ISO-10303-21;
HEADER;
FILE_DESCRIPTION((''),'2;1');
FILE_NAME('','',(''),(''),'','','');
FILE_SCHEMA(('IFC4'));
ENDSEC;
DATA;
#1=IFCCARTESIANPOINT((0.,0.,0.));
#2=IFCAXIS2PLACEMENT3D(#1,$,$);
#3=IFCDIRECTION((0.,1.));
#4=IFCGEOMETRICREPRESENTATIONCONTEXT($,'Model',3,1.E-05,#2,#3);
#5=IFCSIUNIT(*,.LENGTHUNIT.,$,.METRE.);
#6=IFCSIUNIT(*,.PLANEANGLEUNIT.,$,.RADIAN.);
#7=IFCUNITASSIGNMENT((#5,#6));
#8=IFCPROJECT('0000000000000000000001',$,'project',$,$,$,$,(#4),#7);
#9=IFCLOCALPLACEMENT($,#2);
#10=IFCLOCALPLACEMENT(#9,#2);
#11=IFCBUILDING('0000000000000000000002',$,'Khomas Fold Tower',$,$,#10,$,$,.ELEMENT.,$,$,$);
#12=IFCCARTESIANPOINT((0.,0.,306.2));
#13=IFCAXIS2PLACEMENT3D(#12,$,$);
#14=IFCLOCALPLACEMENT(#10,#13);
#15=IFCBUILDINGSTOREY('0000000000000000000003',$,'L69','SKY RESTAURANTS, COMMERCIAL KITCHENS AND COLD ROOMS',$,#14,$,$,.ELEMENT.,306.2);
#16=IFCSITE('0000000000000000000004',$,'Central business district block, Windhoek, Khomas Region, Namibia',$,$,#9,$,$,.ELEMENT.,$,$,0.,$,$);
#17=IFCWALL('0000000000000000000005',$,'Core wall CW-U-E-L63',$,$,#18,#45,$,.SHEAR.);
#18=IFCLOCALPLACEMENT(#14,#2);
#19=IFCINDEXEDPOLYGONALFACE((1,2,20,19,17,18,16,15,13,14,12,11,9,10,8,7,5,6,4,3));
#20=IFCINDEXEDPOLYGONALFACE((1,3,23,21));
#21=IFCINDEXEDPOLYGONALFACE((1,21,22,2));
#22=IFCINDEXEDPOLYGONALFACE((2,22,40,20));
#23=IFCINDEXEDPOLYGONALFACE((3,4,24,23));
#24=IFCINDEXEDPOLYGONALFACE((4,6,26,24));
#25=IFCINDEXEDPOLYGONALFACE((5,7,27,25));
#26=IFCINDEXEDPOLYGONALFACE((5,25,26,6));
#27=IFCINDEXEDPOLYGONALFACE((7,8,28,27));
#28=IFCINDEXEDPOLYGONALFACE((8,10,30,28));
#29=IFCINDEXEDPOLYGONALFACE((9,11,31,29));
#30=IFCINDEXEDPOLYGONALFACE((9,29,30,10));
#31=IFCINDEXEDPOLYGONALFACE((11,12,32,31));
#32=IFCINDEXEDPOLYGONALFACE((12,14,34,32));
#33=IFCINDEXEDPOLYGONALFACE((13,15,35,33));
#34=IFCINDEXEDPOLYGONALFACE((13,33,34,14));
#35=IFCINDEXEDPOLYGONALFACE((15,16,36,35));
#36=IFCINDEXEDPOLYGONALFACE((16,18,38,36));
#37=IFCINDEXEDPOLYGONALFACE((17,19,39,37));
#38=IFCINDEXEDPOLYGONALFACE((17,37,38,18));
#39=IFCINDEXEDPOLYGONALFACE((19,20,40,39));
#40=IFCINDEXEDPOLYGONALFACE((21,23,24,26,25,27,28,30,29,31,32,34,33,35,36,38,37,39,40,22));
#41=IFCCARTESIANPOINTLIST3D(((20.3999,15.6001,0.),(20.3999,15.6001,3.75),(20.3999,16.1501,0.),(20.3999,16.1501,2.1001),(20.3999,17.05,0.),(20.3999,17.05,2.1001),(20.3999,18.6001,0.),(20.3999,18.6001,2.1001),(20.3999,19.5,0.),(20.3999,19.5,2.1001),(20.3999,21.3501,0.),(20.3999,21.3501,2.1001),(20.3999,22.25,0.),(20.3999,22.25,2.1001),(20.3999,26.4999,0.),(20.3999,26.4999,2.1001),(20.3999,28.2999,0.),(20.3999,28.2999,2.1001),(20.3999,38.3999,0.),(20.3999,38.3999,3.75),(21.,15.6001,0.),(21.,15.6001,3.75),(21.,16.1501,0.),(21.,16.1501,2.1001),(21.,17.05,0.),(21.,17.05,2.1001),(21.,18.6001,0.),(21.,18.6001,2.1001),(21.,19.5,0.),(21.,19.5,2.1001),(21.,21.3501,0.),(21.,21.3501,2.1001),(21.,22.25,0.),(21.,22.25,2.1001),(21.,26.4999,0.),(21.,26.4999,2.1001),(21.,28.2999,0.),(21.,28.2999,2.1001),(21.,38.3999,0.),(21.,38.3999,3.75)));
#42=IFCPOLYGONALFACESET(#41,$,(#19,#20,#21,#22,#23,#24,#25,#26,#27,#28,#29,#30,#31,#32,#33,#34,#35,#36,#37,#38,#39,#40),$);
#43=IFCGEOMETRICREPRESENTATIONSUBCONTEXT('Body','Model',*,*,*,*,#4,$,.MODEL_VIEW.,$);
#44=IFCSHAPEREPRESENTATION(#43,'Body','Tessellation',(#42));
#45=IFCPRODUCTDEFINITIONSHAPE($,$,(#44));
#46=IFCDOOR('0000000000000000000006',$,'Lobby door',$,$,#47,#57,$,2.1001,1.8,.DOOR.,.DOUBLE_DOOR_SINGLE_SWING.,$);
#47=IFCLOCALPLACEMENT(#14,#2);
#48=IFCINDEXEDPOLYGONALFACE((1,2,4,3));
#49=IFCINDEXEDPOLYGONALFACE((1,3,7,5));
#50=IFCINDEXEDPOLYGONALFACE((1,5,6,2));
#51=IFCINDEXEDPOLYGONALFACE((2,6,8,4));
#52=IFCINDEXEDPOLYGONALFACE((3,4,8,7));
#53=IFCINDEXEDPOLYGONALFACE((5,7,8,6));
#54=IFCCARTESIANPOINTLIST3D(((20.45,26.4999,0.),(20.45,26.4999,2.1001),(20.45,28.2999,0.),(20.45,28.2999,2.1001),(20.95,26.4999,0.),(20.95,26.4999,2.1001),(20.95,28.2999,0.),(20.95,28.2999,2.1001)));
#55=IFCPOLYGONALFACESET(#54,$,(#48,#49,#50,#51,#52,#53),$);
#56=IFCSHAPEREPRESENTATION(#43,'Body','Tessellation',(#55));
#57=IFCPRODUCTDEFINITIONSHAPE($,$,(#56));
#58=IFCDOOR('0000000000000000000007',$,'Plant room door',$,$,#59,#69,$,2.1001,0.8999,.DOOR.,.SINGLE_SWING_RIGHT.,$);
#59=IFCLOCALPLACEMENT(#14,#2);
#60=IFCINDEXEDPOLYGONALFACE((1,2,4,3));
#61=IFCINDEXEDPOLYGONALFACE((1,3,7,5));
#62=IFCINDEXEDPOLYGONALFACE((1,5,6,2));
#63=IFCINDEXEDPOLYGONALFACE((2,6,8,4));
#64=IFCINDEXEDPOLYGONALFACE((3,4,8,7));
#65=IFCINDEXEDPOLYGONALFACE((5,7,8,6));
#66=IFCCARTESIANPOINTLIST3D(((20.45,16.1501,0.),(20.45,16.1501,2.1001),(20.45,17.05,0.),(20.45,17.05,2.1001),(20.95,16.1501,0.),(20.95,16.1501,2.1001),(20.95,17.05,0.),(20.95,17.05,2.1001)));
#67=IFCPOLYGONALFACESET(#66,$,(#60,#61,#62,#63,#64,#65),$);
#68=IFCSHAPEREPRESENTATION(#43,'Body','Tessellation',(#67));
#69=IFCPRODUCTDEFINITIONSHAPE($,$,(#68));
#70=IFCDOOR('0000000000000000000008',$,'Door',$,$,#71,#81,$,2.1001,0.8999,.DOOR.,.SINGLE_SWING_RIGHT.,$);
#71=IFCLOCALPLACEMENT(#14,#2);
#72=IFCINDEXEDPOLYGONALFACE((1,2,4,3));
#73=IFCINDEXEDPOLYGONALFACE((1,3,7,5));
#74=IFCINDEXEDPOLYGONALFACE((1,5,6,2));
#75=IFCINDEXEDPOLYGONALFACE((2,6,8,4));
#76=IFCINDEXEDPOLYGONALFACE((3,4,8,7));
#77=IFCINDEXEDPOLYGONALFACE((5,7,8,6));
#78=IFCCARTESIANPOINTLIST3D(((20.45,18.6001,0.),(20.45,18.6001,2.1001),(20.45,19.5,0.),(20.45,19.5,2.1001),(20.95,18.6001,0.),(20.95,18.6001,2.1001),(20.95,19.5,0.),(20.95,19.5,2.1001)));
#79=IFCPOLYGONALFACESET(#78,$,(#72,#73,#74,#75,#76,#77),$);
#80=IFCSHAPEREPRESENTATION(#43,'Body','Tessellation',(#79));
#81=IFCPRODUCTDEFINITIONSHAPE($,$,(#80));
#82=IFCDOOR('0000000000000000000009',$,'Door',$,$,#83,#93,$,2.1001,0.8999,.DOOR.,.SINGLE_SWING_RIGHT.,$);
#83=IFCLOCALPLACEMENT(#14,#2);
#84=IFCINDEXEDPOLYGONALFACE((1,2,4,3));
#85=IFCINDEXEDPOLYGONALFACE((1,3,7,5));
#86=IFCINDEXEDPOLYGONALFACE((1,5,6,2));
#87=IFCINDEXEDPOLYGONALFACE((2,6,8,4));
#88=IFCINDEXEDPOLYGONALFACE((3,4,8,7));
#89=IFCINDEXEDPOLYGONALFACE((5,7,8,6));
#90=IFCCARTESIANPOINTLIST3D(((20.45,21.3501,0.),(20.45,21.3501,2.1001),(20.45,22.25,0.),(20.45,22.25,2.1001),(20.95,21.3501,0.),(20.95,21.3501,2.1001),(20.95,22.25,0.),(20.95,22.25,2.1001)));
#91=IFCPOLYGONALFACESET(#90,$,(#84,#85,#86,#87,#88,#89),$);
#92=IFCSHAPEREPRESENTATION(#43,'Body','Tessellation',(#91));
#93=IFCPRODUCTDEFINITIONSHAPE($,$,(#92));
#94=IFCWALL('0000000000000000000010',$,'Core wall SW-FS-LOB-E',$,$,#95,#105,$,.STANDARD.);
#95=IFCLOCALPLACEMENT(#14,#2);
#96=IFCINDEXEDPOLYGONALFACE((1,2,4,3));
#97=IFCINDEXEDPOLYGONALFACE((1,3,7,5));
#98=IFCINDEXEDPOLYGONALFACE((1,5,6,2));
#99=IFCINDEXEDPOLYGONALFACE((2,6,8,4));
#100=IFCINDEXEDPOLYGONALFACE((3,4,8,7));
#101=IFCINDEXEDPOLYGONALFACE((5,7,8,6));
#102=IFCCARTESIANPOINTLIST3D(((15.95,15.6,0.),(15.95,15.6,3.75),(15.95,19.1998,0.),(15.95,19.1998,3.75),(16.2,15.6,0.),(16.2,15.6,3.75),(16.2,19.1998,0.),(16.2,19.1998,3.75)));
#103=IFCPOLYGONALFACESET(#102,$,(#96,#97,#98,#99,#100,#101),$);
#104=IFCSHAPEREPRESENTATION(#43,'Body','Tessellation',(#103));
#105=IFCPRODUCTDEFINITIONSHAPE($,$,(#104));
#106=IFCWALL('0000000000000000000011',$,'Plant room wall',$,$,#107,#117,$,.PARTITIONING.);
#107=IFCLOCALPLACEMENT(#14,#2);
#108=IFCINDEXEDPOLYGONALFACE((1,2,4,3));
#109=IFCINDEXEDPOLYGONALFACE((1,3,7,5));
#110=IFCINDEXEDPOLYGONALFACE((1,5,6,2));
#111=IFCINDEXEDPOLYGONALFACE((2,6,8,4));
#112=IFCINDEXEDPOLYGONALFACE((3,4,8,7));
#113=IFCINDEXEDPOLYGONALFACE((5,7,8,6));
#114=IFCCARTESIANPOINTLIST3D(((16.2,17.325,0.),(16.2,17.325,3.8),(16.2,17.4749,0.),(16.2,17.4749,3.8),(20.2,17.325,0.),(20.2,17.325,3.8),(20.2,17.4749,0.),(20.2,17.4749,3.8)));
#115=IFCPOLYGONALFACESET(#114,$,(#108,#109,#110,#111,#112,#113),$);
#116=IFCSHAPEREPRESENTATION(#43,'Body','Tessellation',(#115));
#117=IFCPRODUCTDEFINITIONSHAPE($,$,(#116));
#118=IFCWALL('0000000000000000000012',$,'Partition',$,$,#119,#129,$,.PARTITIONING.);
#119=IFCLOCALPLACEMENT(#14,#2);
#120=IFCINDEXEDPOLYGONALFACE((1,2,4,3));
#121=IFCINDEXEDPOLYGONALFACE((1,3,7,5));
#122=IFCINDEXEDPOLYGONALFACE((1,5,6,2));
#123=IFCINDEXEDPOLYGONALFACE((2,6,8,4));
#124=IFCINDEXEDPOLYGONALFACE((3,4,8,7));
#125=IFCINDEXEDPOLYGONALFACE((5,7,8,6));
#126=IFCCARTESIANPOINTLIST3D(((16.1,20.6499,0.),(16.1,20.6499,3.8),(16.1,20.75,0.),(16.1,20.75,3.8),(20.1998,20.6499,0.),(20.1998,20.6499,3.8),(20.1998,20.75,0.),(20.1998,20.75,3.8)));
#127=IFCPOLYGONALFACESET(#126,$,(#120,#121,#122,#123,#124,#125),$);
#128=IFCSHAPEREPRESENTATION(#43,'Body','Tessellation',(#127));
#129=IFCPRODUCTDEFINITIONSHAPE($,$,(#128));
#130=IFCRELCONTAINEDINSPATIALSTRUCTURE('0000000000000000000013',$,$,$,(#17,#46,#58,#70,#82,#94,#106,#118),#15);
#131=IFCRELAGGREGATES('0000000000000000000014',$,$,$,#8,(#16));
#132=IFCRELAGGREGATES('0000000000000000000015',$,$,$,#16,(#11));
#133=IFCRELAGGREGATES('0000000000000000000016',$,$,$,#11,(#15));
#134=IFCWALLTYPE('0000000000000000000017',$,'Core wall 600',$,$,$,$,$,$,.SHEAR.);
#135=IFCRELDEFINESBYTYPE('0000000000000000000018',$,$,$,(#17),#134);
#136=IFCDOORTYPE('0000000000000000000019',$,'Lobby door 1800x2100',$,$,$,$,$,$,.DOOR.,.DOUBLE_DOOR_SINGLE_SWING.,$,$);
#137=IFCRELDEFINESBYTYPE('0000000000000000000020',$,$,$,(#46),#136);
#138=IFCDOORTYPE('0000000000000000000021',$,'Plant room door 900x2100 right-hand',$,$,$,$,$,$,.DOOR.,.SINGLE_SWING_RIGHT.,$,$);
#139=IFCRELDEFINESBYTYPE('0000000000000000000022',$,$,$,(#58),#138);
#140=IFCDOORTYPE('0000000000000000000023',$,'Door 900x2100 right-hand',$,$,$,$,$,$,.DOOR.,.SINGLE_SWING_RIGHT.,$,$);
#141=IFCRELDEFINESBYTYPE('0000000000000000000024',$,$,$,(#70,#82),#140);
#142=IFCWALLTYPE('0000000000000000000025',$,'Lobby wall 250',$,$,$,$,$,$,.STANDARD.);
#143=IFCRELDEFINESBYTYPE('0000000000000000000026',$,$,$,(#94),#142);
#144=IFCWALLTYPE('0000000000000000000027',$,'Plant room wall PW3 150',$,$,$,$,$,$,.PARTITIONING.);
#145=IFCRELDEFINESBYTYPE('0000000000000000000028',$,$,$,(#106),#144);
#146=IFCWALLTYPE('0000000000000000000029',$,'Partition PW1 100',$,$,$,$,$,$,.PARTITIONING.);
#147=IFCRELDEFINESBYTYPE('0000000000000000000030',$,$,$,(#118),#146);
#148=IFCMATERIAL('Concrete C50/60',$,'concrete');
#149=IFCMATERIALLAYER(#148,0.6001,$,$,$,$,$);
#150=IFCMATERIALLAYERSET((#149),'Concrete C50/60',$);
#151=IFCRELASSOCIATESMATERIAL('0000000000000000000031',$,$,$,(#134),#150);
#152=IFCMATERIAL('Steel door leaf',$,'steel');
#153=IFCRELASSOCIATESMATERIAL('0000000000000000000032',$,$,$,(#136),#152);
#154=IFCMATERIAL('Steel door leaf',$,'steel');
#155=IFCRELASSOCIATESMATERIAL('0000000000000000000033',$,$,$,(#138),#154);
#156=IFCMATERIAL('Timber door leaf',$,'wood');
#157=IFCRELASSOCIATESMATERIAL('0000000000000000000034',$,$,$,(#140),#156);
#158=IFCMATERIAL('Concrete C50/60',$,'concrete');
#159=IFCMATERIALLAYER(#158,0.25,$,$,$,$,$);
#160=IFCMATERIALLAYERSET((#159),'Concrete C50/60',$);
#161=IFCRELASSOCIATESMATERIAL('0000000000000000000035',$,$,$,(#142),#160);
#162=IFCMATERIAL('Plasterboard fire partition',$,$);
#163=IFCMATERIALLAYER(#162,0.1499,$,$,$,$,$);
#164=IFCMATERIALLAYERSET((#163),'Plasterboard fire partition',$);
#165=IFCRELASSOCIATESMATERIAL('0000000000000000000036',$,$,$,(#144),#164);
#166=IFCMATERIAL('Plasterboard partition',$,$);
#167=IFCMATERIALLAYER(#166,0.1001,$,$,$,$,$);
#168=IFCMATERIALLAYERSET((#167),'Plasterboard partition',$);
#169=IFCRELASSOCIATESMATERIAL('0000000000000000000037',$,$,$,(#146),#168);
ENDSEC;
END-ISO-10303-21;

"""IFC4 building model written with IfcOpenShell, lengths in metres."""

from ifc_helpers import new_model, si_unit, direction, frame, frame_2d, origin, place, context, subcontext, project, spatial, rectangle, extrude, source, transform, mapped, material, layer, layer_set, type_object, element, fill, save


model = new_model("IFC4")

# Units and contexts
model_context = context("Model", 3, precision=1e-05, world=origin(), true_north=direction((0.0, 1.0)))
body_context = subcontext(model_context, "Body", "Model", "MODEL_VIEW")
ifc_project = project(units=[si_unit("LENGTHUNIT", "METRE"), si_unit("PLANEANGLEUNIT", "RADIAN")], contexts=[model_context])

# Site, building, storey
site_placement = place(None, origin())
site = spatial("IfcSite", under=ifc_project, at=site_placement, Name="Central business district block, Windhoek, Khomas Region, Namibia", CompositionType="ELEMENT", RefElevation=0.0)
building_placement = place(site_placement, origin())
building = spatial("IfcBuilding", under=site, at=building_placement, Name="Khomas Fold Tower", CompositionType="ELEMENT")
storey_placement = place(building_placement, frame((0.0, 0.0, 306.2)))
storey = spatial("IfcBuildingStorey", under=building, at=storey_placement, Name="L69", Description="SKY RESTAURANTS, COMMERCIAL KITCHENS AND COLD ROOMS", CompositionType="ELEMENT", Elevation=306.2)

# Wall, openings, doors
ifc_material_1 = material(Name="Concrete C50/60", Category="concrete")
ifc_layer_1 = layer(ifc_material_1, 0.6001)
ifc_layer_set_1 = layer_set([ifc_layer_1], Name="Concrete C50/60")
wall_type_1 = type_object("IfcWallType", Name="Core wall 600", PredefinedType="SHEAR", material=ifc_layer_set_1)
shared_shape_1 = source(origin(), body_context, "Body", "SweptSolid", [
    extrude(rectangle(XDim=22.7998, YDim=0.6001, at=frame_2d((11.3999, 0.0))), origin(), (0.0, 0.0, 1.0), 3.75),
])
wall_1_placement = place(storey_placement, frame((20.7, 15.6001, 0.0), z_axis=(0.0, 0.0, 1.0), x_axis=(0.0, 1.0, 0.0)))
wall_1 = element("IfcWall", 1, at=wall_1_placement, inside=storey, type_object=wall_type_1, Name="Core wall CW-U-E-L63", PredefinedType="SHEAR", context=body_context, shape_type="MappedRepresentation", body=[
    mapped(shared_shape_1, transform((0.0, 0.0, 0.0))),
])
shared_shape_2 = source(origin(), body_context, "Body", "SweptSolid", [
    extrude(rectangle(XDim=1.8, YDim=2.1001, at=frame_2d((0.8999, 1.05))), frame((0.0, 0.3101, 0.0), z_axis=(0.0, -1.0, 0.0), x_axis=(1.0, 0.0, 0.0)), (0.0, 0.0, 1.0), 0.6201),
])
opening_1_placement = place(wall_1_placement, frame((10.8999, 0.0, 0.0)))
opening_1 = element("IfcOpeningElement", 2, at=opening_1_placement, cuts=wall_1, PredefinedType="OPENING", context=body_context, shape_type="MappedRepresentation", body=[
    mapped(shared_shape_2, transform((0.0, 0.0, 0.0))),
])
shared_shape_3 = source(origin(), body_context, "Body", "SweptSolid", [
    extrude(rectangle(XDim=0.8999, YDim=2.1001, at=frame_2d((0.45, 1.05))), frame((0.0, 0.3101, 0.0), z_axis=(0.0, -1.0, 0.0), x_axis=(1.0, 0.0, 0.0)), (0.0, 0.0, 1.0), 0.6201),
])
opening_2_placement = place(wall_1_placement, frame((0.55, 0.0, 0.0)))
opening_2 = element("IfcOpeningElement", 3, at=opening_2_placement, cuts=wall_1, PredefinedType="OPENING", context=body_context, shape_type="MappedRepresentation", body=[
    mapped(shared_shape_3, transform((0.0, 0.0, 0.0))),
])
opening_3_placement = place(wall_1_placement, frame((3.0, 0.0, 0.0)))
opening_3 = element("IfcOpeningElement", 4, at=opening_3_placement, cuts=wall_1, PredefinedType="OPENING", context=body_context, shape_type="MappedRepresentation", body=[
    mapped(shared_shape_3, transform((0.0, 0.0, 0.0))),
])
opening_4_placement = place(wall_1_placement, frame((5.75, 0.0, 0.0)))
opening_4 = element("IfcOpeningElement", 5, at=opening_4_placement, cuts=wall_1, PredefinedType="OPENING", context=body_context, shape_type="MappedRepresentation", body=[
    mapped(shared_shape_3, transform((0.0, 0.0, 0.0))),
])
ifc_material_2 = material(Name="Steel door leaf", Category="steel")
door_type_1 = type_object("IfcDoorType", Name="Lobby door 1800x2100", OperationType="DOUBLE_DOOR_SINGLE_SWING", PredefinedType="DOOR", material=ifc_material_2)
shared_shape_4 = source(origin(), body_context, "Body", "SweptSolid", [
    extrude(rectangle(XDim=1.8, YDim=2.1001, at=frame_2d((0.8999, 1.05))), frame((0.0, 0.25, 0.0), z_axis=(0.0, -1.0, 0.0), x_axis=(1.0, 0.0, 0.0)), (0.0, 0.0, 1.0), 0.5),
])
door_1_placement = place(opening_1_placement, origin())
door_1 = element("IfcDoor", 6, at=door_1_placement, inside=storey, type_object=door_type_1, Name="Lobby door", OperationType="DOUBLE_DOOR_SINGLE_SWING", OverallHeight=2.1001, OverallWidth=1.8, PredefinedType="DOOR", context=body_context, shape_type="MappedRepresentation", body=[
    mapped(shared_shape_4, transform((0.0, 0.0, 0.0))),
])
fill(opening_1, door_1)
ifc_material_3 = material(Name="Steel door leaf", Category="steel")
door_type_2 = type_object("IfcDoorType", Name="Plant room door 900x2100 right-hand", OperationType="SINGLE_SWING_RIGHT", PredefinedType="DOOR", material=ifc_material_3)
shared_shape_5 = source(origin(), body_context, "Body", "SweptSolid", [
    extrude(rectangle(XDim=0.8999, YDim=2.1001, at=frame_2d((0.45, 1.05))), frame((0.0, 0.25, 0.0), z_axis=(0.0, -1.0, 0.0), x_axis=(1.0, 0.0, 0.0)), (0.0, 0.0, 1.0), 0.5),
])
door_2_placement = place(opening_2_placement, origin())
door_2 = element("IfcDoor", 7, at=door_2_placement, inside=storey, type_object=door_type_2, Name="Plant room door", OperationType="SINGLE_SWING_RIGHT", OverallHeight=2.1001, OverallWidth=0.8999, PredefinedType="DOOR", context=body_context, shape_type="MappedRepresentation", body=[
    mapped(shared_shape_5, transform((0.0, 0.0, 0.0))),
])
fill(opening_2, door_2)
ifc_material_4 = material(Name="Timber door leaf", Category="wood")
door_type_3 = type_object("IfcDoorType", Name="Door 900x2100 right-hand", OperationType="SINGLE_SWING_RIGHT", PredefinedType="DOOR", material=ifc_material_4)
door_3_placement = place(opening_3_placement, origin())
door_3 = element("IfcDoor", 8, at=door_3_placement, inside=storey, type_object=door_type_3, Name="Door", OperationType="SINGLE_SWING_RIGHT", OverallHeight=2.1001, OverallWidth=0.8999, PredefinedType="DOOR", context=body_context, shape_type="MappedRepresentation", body=[
    mapped(shared_shape_5, transform((0.0, 0.0, 0.0))),
])
fill(opening_3, door_3)
door_4_placement = place(opening_4_placement, origin())
door_4 = element("IfcDoor", 9, at=door_4_placement, inside=storey, type_object=door_type_3, Name="Door", OperationType="SINGLE_SWING_RIGHT", OverallHeight=2.1001, OverallWidth=0.8999, PredefinedType="DOOR", context=body_context, shape_type="MappedRepresentation", body=[
    mapped(shared_shape_5, transform((0.0, 0.0, 0.0))),
])
fill(opening_4, door_4)

# Walls
ifc_material_5 = material(Name="Concrete C50/60", Category="concrete")
ifc_layer_2 = layer(ifc_material_5, 0.25)
ifc_layer_set_2 = layer_set([ifc_layer_2], Name="Concrete C50/60")
wall_type_2 = type_object("IfcWallType", Name="Lobby wall 250", PredefinedType="STANDARD", material=ifc_layer_set_2)
shared_shape_6 = source(origin(), body_context, "Body", "SweptSolid", [
    extrude(rectangle(XDim=3.5999, YDim=0.25, at=frame_2d((1.7998, 0.0))), origin(), (0.0, 0.0, 1.0), 3.75),
])
wall_2_placement = place(storey_placement, frame((16.075, 15.6001, 0.0), z_axis=(0.0, 0.0, 1.0), x_axis=(0.0, 1.0, 0.0)))
element("IfcWall", 10, at=wall_2_placement, inside=storey, type_object=wall_type_2, Name="Core wall SW-FS-LOB-E", PredefinedType="STANDARD", context=body_context, shape_type="MappedRepresentation", body=[
    mapped(shared_shape_6, transform((0.0, 0.0, 0.0))),
])
ifc_material_6 = material(Name="Plasterboard fire partition")
ifc_layer_3 = layer(ifc_material_6, 0.1499)
ifc_layer_set_3 = layer_set([ifc_layer_3], Name="Plasterboard fire partition")
wall_type_3 = type_object("IfcWallType", Name="Plant room wall PW3 150", PredefinedType="PARTITIONING", material=ifc_layer_set_3)
shared_shape_7 = source(origin(), body_context, "Body", "SweptSolid", [
    extrude(rectangle(XDim=4.0, YDim=0.1499, at=frame_2d((2.0, 0.0))), origin(), (0.0, 0.0, 1.0), 3.8),
])
wall_3_placement = place(storey_placement, frame((16.2, 17.3999, 0.0), z_axis=(0.0, 0.0, 1.0), x_axis=(1.0, 0.0, 0.0)))
element("IfcWall", 11, at=wall_3_placement, inside=storey, type_object=wall_type_3, Name="Plant room wall", PredefinedType="PARTITIONING", context=body_context, shape_type="MappedRepresentation", body=[
    mapped(shared_shape_7, transform((0.0, 0.0, 0.0))),
])
ifc_material_7 = material(Name="Plasterboard partition")
ifc_layer_4 = layer(ifc_material_7, 0.1001)
ifc_layer_set_4 = layer_set([ifc_layer_4], Name="Plasterboard partition")
wall_type_4 = type_object("IfcWallType", Name="Partition PW1 100", PredefinedType="PARTITIONING", material=ifc_layer_set_4)
shared_shape_8 = source(origin(), body_context, "Body", "SweptSolid", [
    extrude(rectangle(XDim=4.0999, YDim=0.1001, at=frame_2d((2.0498, 0.0))), origin(), (0.0, 0.0, 1.0), 3.8),
])
wall_4_placement = place(storey_placement, frame((16.1001, 20.7, 0.0), z_axis=(0.0, 0.0, 1.0), x_axis=(1.0, 0.0, 0.0)))
element("IfcWall", 12, at=wall_4_placement, inside=storey, type_object=wall_type_4, Name="Partition", PredefinedType="PARTITIONING", context=body_context, shape_type="MappedRepresentation", body=[
    mapped(shared_shape_8, transform((0.0, 0.0, 0.0))),
])

save(model, "model.ifc")
